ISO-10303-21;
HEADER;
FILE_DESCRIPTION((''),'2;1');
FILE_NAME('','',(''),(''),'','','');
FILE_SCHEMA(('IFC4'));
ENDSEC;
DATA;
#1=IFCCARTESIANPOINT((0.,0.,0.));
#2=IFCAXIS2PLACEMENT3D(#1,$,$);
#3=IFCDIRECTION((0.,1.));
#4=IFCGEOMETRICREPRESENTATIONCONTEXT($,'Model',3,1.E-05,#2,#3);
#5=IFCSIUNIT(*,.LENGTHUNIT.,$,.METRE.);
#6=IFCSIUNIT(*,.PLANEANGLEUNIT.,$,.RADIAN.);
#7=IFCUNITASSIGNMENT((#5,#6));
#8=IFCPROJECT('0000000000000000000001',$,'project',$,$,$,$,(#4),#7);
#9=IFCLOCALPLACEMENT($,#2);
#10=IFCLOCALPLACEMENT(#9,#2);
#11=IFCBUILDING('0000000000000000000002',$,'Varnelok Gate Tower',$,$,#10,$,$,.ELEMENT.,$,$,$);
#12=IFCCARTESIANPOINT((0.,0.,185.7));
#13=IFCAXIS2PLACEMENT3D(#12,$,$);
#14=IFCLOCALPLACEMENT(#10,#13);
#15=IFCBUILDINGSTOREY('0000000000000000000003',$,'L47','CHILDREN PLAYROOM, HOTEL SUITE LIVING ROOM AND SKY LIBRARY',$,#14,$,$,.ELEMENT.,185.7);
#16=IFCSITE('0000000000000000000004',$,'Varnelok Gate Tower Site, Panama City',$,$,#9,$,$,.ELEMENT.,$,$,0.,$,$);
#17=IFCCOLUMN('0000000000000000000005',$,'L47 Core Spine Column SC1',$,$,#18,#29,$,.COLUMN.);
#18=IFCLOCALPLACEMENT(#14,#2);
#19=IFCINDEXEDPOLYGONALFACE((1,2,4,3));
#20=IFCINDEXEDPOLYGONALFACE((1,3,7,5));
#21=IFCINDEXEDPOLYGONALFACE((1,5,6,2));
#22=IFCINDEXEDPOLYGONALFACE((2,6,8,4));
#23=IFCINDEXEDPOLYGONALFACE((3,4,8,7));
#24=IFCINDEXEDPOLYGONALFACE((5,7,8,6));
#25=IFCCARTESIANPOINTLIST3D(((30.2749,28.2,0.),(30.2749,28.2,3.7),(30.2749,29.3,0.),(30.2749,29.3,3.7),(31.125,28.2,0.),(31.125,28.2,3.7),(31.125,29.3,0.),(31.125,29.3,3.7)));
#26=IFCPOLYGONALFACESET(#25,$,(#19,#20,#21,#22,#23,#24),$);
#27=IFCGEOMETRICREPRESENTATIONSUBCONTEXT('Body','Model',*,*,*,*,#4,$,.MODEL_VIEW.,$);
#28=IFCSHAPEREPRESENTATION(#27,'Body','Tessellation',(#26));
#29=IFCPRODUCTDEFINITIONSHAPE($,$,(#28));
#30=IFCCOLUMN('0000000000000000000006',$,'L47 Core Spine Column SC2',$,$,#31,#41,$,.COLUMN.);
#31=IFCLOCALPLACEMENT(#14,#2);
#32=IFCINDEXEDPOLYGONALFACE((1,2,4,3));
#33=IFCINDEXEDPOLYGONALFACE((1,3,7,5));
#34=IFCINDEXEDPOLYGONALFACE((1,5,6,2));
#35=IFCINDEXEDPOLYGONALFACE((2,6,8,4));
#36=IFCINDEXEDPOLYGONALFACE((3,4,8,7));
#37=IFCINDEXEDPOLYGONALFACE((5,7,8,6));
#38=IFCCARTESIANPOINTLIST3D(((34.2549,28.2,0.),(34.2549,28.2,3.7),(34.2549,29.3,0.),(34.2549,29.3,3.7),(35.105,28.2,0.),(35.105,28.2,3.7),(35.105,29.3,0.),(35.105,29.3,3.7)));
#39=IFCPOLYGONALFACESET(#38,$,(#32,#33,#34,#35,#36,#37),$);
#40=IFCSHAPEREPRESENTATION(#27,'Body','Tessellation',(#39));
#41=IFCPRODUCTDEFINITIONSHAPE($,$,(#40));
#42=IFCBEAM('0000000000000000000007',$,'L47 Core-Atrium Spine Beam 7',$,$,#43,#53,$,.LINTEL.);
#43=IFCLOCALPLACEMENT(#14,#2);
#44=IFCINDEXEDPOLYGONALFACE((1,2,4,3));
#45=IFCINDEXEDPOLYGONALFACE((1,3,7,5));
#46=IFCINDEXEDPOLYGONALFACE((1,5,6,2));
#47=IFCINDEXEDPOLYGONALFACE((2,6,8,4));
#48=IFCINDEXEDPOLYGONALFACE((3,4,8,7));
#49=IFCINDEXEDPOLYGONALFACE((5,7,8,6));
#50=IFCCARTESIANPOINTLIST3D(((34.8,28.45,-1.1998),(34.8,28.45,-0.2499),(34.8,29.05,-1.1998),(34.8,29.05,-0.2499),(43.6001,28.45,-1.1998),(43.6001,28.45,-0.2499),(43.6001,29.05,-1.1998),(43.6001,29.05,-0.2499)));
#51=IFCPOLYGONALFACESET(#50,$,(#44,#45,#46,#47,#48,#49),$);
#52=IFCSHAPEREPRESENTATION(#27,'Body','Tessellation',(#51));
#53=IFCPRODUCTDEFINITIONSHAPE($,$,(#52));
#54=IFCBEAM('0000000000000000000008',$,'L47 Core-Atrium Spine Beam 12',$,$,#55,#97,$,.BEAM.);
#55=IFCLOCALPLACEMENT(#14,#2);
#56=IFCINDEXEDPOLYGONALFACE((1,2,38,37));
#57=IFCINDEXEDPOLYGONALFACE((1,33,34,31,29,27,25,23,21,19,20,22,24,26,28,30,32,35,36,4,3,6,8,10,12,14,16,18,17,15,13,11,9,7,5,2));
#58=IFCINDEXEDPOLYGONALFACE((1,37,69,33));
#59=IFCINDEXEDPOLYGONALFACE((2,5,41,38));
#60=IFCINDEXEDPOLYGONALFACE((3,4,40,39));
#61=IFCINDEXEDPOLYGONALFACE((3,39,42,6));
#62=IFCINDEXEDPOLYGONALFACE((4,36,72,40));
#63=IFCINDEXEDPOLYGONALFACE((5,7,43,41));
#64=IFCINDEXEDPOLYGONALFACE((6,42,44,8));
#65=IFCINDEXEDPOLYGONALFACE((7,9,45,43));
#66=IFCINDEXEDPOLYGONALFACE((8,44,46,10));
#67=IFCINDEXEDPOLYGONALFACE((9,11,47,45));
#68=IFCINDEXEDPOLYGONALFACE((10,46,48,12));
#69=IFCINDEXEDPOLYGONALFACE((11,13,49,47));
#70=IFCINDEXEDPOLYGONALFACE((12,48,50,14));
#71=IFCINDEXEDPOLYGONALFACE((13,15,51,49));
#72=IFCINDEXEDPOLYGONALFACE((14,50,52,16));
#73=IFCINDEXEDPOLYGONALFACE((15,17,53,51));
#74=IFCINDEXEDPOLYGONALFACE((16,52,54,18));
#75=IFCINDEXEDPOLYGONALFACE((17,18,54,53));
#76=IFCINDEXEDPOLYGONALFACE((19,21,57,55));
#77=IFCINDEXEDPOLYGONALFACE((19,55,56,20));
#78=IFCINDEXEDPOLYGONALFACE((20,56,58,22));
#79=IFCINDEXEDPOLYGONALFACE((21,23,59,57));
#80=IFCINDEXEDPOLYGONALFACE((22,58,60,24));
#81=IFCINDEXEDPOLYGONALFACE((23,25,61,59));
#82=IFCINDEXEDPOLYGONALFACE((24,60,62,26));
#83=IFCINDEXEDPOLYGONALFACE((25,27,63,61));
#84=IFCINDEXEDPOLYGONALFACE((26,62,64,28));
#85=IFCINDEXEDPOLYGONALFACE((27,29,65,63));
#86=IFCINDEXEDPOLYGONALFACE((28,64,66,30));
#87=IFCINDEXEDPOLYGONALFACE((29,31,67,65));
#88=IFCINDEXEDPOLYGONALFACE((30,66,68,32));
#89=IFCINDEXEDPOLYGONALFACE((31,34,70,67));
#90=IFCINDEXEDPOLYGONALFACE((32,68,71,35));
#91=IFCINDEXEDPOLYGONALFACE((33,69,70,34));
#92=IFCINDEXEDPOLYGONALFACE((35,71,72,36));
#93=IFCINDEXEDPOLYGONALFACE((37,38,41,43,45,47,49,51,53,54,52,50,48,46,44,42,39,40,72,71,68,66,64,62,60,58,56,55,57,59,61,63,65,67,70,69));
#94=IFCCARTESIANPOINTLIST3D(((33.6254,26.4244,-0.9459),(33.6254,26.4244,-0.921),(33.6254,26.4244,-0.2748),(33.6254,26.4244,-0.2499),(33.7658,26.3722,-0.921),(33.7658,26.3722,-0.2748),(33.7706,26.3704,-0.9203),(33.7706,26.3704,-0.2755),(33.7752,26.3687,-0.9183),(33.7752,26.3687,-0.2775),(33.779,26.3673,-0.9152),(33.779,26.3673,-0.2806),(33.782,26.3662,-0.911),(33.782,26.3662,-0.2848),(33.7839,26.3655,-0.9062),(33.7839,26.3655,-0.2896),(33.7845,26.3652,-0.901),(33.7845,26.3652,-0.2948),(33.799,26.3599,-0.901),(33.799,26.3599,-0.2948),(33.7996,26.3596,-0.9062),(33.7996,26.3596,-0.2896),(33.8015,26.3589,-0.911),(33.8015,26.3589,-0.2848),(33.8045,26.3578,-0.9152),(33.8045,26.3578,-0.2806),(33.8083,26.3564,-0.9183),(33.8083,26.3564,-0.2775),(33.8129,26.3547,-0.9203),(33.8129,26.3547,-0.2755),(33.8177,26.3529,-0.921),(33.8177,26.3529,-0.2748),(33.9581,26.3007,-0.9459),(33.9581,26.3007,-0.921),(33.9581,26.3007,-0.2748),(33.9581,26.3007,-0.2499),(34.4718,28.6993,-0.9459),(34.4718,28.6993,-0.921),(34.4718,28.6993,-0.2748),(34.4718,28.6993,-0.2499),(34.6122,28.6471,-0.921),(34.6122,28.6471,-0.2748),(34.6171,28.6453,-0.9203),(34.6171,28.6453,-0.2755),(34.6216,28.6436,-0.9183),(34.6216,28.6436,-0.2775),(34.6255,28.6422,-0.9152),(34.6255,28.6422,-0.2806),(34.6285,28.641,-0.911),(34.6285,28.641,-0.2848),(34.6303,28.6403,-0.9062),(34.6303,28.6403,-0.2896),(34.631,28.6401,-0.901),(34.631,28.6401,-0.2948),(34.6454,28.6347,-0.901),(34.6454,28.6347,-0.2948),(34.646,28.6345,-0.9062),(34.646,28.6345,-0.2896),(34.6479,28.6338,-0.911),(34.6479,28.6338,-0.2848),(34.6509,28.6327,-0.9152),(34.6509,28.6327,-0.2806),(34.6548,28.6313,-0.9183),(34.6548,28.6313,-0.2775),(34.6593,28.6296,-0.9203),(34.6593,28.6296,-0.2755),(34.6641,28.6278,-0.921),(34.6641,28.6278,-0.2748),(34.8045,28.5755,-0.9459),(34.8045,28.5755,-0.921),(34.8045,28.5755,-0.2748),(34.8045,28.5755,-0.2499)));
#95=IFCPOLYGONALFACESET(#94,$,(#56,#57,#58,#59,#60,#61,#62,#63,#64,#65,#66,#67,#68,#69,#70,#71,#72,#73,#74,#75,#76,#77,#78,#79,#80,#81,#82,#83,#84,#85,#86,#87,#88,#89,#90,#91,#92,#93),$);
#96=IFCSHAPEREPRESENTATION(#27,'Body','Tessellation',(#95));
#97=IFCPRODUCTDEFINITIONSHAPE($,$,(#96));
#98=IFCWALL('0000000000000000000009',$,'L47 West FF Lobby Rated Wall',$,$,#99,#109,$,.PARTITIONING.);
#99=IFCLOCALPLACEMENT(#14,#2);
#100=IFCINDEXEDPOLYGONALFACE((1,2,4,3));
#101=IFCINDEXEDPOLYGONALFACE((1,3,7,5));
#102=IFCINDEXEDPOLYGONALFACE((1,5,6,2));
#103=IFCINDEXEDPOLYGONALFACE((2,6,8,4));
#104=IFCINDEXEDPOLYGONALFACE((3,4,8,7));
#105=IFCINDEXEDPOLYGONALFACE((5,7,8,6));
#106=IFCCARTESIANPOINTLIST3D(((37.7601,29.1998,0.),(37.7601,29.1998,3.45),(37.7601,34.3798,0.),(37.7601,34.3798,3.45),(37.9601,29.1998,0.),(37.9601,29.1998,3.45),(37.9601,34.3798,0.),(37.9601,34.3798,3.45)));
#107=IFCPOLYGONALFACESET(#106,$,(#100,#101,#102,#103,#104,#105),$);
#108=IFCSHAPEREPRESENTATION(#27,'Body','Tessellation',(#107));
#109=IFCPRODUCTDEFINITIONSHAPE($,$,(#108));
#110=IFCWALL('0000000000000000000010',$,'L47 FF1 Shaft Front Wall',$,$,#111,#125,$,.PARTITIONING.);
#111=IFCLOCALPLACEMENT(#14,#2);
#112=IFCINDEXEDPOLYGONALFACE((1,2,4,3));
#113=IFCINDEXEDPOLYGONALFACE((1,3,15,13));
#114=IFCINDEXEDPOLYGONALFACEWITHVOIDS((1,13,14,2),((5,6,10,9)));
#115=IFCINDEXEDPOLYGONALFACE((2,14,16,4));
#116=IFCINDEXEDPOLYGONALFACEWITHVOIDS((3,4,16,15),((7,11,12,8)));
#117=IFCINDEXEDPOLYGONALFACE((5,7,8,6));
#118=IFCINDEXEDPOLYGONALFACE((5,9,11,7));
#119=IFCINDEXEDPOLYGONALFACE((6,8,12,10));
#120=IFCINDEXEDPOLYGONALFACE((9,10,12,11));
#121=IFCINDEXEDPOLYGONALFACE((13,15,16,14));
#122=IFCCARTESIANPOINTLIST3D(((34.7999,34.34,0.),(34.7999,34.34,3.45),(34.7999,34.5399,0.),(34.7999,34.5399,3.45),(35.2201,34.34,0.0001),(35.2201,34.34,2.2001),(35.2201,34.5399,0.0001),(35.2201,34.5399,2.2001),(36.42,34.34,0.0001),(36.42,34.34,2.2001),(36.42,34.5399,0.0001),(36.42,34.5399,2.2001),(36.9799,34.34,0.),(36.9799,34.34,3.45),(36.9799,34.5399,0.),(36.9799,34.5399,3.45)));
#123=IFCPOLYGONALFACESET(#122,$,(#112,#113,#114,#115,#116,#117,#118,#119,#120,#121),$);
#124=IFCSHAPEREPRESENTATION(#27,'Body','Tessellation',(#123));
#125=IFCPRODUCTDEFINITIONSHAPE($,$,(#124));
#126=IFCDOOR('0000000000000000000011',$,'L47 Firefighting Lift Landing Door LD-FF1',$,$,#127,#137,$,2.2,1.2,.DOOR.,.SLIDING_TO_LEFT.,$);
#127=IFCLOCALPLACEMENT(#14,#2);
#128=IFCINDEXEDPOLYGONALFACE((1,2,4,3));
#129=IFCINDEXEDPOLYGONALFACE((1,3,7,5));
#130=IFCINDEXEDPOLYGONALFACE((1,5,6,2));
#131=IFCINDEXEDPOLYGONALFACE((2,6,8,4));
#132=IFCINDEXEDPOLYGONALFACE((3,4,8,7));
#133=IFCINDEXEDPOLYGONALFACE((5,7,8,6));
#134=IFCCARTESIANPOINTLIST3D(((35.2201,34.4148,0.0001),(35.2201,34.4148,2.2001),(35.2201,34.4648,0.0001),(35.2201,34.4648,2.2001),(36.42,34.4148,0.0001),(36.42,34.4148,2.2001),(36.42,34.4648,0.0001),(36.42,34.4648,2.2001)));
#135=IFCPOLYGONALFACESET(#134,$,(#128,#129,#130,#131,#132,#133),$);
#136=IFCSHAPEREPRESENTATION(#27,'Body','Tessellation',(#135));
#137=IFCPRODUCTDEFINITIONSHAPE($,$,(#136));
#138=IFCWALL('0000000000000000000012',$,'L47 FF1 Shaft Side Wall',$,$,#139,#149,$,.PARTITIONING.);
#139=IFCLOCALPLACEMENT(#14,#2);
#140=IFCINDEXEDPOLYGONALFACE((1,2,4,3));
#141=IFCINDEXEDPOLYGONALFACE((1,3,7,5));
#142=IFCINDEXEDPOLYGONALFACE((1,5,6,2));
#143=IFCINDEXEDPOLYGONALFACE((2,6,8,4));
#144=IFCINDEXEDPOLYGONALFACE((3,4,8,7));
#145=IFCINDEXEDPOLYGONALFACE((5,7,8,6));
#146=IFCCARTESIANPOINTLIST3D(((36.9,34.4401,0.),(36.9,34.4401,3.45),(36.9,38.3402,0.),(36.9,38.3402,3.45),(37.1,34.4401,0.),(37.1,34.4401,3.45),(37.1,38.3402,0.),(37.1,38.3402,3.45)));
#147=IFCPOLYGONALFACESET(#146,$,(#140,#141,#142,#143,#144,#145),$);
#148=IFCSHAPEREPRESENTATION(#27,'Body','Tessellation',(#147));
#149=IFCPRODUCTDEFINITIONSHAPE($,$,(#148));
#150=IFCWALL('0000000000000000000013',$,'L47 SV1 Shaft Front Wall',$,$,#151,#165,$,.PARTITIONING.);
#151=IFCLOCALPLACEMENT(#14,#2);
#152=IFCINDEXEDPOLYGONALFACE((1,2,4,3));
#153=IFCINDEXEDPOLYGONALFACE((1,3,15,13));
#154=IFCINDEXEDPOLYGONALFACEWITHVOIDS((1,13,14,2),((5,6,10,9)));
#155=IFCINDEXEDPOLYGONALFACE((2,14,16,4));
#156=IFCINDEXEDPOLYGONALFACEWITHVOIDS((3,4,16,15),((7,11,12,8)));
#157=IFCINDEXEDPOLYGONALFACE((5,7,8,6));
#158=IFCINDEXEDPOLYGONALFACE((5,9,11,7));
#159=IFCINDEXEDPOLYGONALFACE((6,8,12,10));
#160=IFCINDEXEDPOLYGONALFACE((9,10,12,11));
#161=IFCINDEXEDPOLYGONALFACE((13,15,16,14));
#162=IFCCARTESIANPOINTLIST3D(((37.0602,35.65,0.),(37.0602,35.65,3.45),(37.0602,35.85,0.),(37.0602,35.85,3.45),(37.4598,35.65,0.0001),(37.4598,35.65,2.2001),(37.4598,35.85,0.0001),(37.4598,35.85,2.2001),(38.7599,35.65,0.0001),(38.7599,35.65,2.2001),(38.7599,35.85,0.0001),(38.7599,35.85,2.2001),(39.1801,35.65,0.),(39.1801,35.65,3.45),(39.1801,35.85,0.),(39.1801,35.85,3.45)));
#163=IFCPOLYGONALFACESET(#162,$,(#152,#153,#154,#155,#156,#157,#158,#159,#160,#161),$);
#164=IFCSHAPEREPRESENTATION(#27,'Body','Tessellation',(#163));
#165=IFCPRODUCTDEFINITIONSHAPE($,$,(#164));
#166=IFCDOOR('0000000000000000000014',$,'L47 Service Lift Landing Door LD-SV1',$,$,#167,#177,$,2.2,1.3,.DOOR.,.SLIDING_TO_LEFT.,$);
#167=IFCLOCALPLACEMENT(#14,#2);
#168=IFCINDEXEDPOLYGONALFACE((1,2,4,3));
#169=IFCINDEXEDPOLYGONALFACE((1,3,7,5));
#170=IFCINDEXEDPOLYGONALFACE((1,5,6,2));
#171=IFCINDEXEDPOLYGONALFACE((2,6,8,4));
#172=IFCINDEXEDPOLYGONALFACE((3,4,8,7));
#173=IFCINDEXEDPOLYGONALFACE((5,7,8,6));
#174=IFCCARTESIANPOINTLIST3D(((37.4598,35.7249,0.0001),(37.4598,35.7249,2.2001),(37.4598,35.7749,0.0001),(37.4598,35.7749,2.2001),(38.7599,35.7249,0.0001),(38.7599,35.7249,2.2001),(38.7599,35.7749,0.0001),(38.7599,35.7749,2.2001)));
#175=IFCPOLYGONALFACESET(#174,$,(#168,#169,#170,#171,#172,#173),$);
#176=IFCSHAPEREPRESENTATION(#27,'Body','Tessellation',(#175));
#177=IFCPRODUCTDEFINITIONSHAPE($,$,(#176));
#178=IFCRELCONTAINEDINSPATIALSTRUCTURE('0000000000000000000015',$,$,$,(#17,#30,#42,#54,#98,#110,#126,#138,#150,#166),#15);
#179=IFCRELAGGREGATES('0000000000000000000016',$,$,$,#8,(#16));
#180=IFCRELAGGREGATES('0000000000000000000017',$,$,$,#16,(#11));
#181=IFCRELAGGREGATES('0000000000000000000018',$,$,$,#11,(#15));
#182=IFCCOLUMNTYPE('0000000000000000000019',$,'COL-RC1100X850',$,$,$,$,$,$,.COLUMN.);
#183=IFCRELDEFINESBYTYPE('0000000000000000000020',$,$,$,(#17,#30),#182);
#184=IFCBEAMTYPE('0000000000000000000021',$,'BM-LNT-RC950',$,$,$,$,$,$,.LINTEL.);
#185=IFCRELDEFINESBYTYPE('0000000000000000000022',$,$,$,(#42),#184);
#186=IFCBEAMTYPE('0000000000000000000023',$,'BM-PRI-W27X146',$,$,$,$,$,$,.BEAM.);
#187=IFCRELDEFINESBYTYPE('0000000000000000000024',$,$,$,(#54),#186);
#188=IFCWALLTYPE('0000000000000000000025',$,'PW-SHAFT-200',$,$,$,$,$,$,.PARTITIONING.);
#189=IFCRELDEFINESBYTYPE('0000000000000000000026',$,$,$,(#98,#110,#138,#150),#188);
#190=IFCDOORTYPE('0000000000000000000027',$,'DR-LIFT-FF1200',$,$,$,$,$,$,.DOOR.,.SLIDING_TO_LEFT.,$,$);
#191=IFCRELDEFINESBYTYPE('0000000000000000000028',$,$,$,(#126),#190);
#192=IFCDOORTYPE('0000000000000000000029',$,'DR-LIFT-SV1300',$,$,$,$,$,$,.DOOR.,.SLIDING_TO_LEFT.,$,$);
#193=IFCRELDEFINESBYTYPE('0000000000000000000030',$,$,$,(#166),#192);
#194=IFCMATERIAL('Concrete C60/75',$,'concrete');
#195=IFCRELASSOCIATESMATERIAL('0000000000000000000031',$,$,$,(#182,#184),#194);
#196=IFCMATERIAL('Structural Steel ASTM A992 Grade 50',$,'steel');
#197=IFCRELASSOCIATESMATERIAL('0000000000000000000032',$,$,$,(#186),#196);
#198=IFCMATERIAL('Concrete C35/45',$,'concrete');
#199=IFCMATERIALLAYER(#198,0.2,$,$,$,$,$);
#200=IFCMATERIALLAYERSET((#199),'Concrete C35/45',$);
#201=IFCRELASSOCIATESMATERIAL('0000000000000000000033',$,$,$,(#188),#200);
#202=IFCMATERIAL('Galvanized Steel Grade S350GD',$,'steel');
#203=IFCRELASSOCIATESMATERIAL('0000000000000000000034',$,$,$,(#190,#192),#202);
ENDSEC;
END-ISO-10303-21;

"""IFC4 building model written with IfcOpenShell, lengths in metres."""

from ifc_helpers import new_model, si_unit, direction, frame, frame_2d, origin, origin_2d, place, context, subcontext, project, spatial, rectangle, i_section, extrude, material, layer, layer_set, material_profile, profile_set, type_object, element, fill, save


model = new_model("IFC4")

# Units and contexts
model_context = context("Model", 3, precision=1e-05, world=origin(), true_north=direction((0.0, 1.0)))
body_context = subcontext(model_context, "Body", "Model", "MODEL_VIEW")
ifc_project = project(units=[si_unit("LENGTHUNIT", "METRE"), si_unit("PLANEANGLEUNIT", "RADIAN")], contexts=[model_context])

# Site, building, storey
site_placement = place(None, origin())
site = spatial("IfcSite", under=ifc_project, at=site_placement, Name="Varnelok Gate Tower Site, Panama City", CompositionType="ELEMENT", RefElevation=0.0)
building_placement = place(site_placement, origin())
building = spatial("IfcBuilding", under=site, at=building_placement, Name="Varnelok Gate Tower", CompositionType="ELEMENT")
storey_placement = place(building_placement, frame((0.0, 0.0, 185.7)))
storey = spatial("IfcBuildingStorey", under=building, at=storey_placement, Name="L47", Description="CHILDREN PLAYROOM, HOTEL SUITE LIVING ROOM AND SKY LIBRARY", CompositionType="ELEMENT", Elevation=185.7)

# Columns
ifc_material_1 = material(Name="Concrete C60/75", Category="concrete")
ifc_material_profile_1 = material_profile(ifc_material_1, rectangle(XDim=0.8501, YDim=1.1001, at=origin_2d()), Name="RC1100X850")
ifc_profile_set_1 = profile_set([ifc_material_profile_1], Name="Concrete C60/75")
column_type = type_object("IfcColumnType", Name="COL-RC1100X850", PredefinedType="COLUMN", material=ifc_profile_set_1)
for number, where, z_axis, x_axis, name in (
    (1, (30.7, 28.75, 0.0), (0.0, 0.0, 1.0), (1.0, 0.0, 0.0), "L47 Core Spine Column SC1"),
    (2, (34.6799, 28.75, 0.0), (0.0, 0.0, 1.0), (1.0, 0.0, 0.0), "L47 Core Spine Column SC2"),
):
    element("IfcColumn", number, at=place(storey_placement, frame(where, z_axis=z_axis, x_axis=x_axis)), inside=storey, type_object=column_type, Name=name, PredefinedType="COLUMN", context=body_context, shape_type="SweptSolid", body=[
        extrude(rectangle(XDim=0.8501, YDim=1.1001, at=origin_2d()), origin(), (0.0, 0.0, 1.0), 3.7),
    ])

# Beams
ifc_material_profile_2 = material_profile(ifc_material_1, rectangle(XDim=0.6001, YDim=0.95, at=origin_2d()), Name="RC950X600")
ifc_profile_set_2 = profile_set([ifc_material_profile_2], Name="Concrete C60/75")
beam_type_1 = type_object("IfcBeamType", Name="BM-LNT-RC950", PredefinedType="LINTEL", material=ifc_profile_set_2)
beam_1_placement = place(storey_placement, frame((34.8, 28.75, -0.7249), z_axis=(1.0, 0.0, 0.0), x_axis=(0.0, 1.0, 0.0)))
element("IfcBeam", 3, at=beam_1_placement, inside=storey, type_object=beam_type_1, Name="L47 Core-Atrium Spine Beam 7", PredefinedType="LINTEL", context=body_context, shape_type="SweptSolid", body=[
    extrude(rectangle(XDim=0.6001, YDim=0.95, at=origin_2d()), origin(), (0.0, 0.0, 1.0), 8.8),
])
ifc_material_2 = material(Name="Structural Steel ASTM A992 Grade 50", Category="steel")
ifc_material_profile_3 = material_profile(ifc_material_2, i_section(OverallWidth=0.355, OverallDepth=0.696, WebThickness=0.0154, FlangeThickness=0.0249, FilletRadius=0.02, at=origin_2d()), Name="W27X146")
ifc_profile_set_3 = profile_set([ifc_material_profile_3], Name="Structural Steel ASTM A992 Grade 50")
beam_type_2 = type_object("IfcBeamType", Name="BM-PRI-W27X146", PredefinedType="BEAM", material=ifc_profile_set_3)
beam_2_placement = place(storey_placement, frame((33.7917, 26.3625, -0.5979), z_axis=(0.348719, 0.937227, 0.0), x_axis=(-0.937227, 0.348719, 0.0)))
element("IfcBeam", 4, at=beam_2_placement, inside=storey, type_object=beam_type_2, Name="L47 Core-Atrium Spine Beam 12", PredefinedType="BEAM", context=body_context, shape_type="SweptSolid", body=[
    extrude(i_section(OverallWidth=0.355, OverallDepth=0.696, WebThickness=0.0154, FlangeThickness=0.0249, FilletRadius=0.02, at=origin_2d()), origin(), (0.0, 0.0, 1.0), 2.4272),
])

# Wall
ifc_material_3 = material(Name="Concrete C35/45", Category="concrete")
ifc_layer_1 = layer(ifc_material_3, 0.2)
ifc_layer_set_1 = layer_set([ifc_layer_1], Name="Concrete C35/45")
wall_type_1 = type_object("IfcWallType", Name="PW-SHAFT-200", PredefinedType="PARTITIONING", material=ifc_layer_set_1)
wall_1_placement = place(storey_placement, frame((37.8601, 29.2, 0.0), z_axis=(0.0, 0.0, 1.0), x_axis=(0.0, 1.0, 0.0)))
element("IfcWall", 5, at=wall_1_placement, inside=storey, type_object=wall_type_1, Name="L47 West FF Lobby Rated Wall", PredefinedType="PARTITIONING", context=body_context, shape_type="SweptSolid", body=[
    extrude(rectangle(XDim=5.1799, YDim=0.2, at=frame_2d((2.5898, 0.0))), origin(), (0.0, 0.0, 1.0), 3.45),
])

# Wall, opening, door
wall_2_placement = place(storey_placement, frame((34.8, 34.4399, 0.0), z_axis=(0.0, 0.0, 1.0), x_axis=(1.0, 0.0, 0.0)))
wall_2 = element("IfcWall", 6, at=wall_2_placement, inside=storey, type_object=wall_type_1, Name="L47 FF1 Shaft Front Wall", PredefinedType="PARTITIONING", context=body_context, shape_type="SweptSolid", body=[
    extrude(rectangle(XDim=2.1799, YDim=0.2, at=frame_2d((1.0898, 0.0))), origin(), (0.0, 0.0, 1.0), 3.45),
])
opening_1_placement = place(wall_2_placement, frame((0.4199, 0.0, 0.0)))
opening_1 = element("IfcOpeningElement", 7, at=opening_1_placement, cuts=wall_2, PredefinedType="OPENING", context=body_context, shape_type="SweptSolid", body=[
    extrude(rectangle(XDim=1.2, YDim=2.2, at=frame_2d((0.6001, 1.1001))), frame((0.0, 0.1099, 0.0), z_axis=(0.0, -1.0, 0.0), x_axis=(1.0, 0.0, 0.0)), (0.0, 0.0, 1.0), 0.22),
])
ifc_material_4 = material(Name="Galvanized Steel Grade S350GD", Category="steel")
door_type_1 = type_object("IfcDoorType", Name="DR-LIFT-FF1200", OperationType="SLIDING_TO_LEFT", PredefinedType="DOOR", material=ifc_material_4)
door_1_placement = place(opening_1_placement, origin())
door_1 = element("IfcDoor", 8, at=door_1_placement, inside=storey, type_object=door_type_1, Name="L47 Firefighting Lift Landing Door LD-FF1", OperationType="SLIDING_TO_LEFT", OverallHeight=2.2, OverallWidth=1.2, PredefinedType="DOOR", context=body_context, shape_type="SweptSolid", body=[
    extrude(rectangle(XDim=1.2, YDim=2.2, at=frame_2d((0.6001, 1.1001))), frame((0.0, 0.0249, 0.0), z_axis=(0.0, -1.0, 0.0), x_axis=(1.0, 0.0, 0.0)), (0.0, 0.0, 1.0), 0.05),
])
fill(opening_1, door_1)

# Wall
wall_3_placement = place(storey_placement, frame((37.0, 34.4399, 0.0), z_axis=(0.0, 0.0, 1.0), x_axis=(0.0, 1.0, 0.0)))
element("IfcWall", 9, at=wall_3_placement, inside=storey, type_object=wall_type_1, Name="L47 FF1 Shaft Side Wall", PredefinedType="PARTITIONING", context=body_context, shape_type="SweptSolid", body=[
    extrude(rectangle(XDim=3.9001, YDim=0.2, at=frame_2d((1.9502, 0.0))), origin(), (0.0, 0.0, 1.0), 3.45),
])

# Wall, opening, door
wall_4_placement = place(storey_placement, frame((37.0601, 35.75, 0.0), z_axis=(0.0, 0.0, 1.0), x_axis=(1.0, 0.0, 0.0)))
wall_4 = element("IfcWall", 10, at=wall_4_placement, inside=storey, type_object=wall_type_1, Name="L47 SV1 Shaft Front Wall", PredefinedType="PARTITIONING", context=body_context, shape_type="SweptSolid", body=[
    extrude(rectangle(XDim=2.1199, YDim=0.2, at=frame_2d((1.0601, 0.0))), origin(), (0.0, 0.0, 1.0), 3.45),
])
opening_2_placement = place(wall_4_placement, frame((0.3999, 0.0, 0.0)))
opening_2 = element("IfcOpeningElement", 11, at=opening_2_placement, cuts=wall_4, PredefinedType="OPENING", context=body_context, shape_type="SweptSolid", body=[
    extrude(rectangle(XDim=1.3, YDim=2.2, at=frame_2d((0.6499, 1.1001))), frame((0.0, 0.1099, 0.0), z_axis=(0.0, -1.0, 0.0), x_axis=(1.0, 0.0, 0.0)), (0.0, 0.0, 1.0), 0.22),
])
door_type_2 = type_object("IfcDoorType", Name="DR-LIFT-SV1300", OperationType="SLIDING_TO_LEFT", PredefinedType="DOOR", material=ifc_material_4)
door_2_placement = place(opening_2_placement, origin())
door_2 = element("IfcDoor", 12, at=door_2_placement, inside=storey, type_object=door_type_2, Name="L47 Service Lift Landing Door LD-SV1", OperationType="SLIDING_TO_LEFT", OverallHeight=2.2, OverallWidth=1.3, PredefinedType="DOOR", context=body_context, shape_type="SweptSolid", body=[
    extrude(rectangle(XDim=1.3, YDim=2.2, at=frame_2d((0.6499, 1.1001))), frame((0.0, 0.0249, 0.0), z_axis=(0.0, -1.0, 0.0), x_axis=(1.0, 0.0, 0.0)), (0.0, 0.0, 1.0), 0.05),
])
fill(opening_2, door_2)

save(model, "model.ifc")
